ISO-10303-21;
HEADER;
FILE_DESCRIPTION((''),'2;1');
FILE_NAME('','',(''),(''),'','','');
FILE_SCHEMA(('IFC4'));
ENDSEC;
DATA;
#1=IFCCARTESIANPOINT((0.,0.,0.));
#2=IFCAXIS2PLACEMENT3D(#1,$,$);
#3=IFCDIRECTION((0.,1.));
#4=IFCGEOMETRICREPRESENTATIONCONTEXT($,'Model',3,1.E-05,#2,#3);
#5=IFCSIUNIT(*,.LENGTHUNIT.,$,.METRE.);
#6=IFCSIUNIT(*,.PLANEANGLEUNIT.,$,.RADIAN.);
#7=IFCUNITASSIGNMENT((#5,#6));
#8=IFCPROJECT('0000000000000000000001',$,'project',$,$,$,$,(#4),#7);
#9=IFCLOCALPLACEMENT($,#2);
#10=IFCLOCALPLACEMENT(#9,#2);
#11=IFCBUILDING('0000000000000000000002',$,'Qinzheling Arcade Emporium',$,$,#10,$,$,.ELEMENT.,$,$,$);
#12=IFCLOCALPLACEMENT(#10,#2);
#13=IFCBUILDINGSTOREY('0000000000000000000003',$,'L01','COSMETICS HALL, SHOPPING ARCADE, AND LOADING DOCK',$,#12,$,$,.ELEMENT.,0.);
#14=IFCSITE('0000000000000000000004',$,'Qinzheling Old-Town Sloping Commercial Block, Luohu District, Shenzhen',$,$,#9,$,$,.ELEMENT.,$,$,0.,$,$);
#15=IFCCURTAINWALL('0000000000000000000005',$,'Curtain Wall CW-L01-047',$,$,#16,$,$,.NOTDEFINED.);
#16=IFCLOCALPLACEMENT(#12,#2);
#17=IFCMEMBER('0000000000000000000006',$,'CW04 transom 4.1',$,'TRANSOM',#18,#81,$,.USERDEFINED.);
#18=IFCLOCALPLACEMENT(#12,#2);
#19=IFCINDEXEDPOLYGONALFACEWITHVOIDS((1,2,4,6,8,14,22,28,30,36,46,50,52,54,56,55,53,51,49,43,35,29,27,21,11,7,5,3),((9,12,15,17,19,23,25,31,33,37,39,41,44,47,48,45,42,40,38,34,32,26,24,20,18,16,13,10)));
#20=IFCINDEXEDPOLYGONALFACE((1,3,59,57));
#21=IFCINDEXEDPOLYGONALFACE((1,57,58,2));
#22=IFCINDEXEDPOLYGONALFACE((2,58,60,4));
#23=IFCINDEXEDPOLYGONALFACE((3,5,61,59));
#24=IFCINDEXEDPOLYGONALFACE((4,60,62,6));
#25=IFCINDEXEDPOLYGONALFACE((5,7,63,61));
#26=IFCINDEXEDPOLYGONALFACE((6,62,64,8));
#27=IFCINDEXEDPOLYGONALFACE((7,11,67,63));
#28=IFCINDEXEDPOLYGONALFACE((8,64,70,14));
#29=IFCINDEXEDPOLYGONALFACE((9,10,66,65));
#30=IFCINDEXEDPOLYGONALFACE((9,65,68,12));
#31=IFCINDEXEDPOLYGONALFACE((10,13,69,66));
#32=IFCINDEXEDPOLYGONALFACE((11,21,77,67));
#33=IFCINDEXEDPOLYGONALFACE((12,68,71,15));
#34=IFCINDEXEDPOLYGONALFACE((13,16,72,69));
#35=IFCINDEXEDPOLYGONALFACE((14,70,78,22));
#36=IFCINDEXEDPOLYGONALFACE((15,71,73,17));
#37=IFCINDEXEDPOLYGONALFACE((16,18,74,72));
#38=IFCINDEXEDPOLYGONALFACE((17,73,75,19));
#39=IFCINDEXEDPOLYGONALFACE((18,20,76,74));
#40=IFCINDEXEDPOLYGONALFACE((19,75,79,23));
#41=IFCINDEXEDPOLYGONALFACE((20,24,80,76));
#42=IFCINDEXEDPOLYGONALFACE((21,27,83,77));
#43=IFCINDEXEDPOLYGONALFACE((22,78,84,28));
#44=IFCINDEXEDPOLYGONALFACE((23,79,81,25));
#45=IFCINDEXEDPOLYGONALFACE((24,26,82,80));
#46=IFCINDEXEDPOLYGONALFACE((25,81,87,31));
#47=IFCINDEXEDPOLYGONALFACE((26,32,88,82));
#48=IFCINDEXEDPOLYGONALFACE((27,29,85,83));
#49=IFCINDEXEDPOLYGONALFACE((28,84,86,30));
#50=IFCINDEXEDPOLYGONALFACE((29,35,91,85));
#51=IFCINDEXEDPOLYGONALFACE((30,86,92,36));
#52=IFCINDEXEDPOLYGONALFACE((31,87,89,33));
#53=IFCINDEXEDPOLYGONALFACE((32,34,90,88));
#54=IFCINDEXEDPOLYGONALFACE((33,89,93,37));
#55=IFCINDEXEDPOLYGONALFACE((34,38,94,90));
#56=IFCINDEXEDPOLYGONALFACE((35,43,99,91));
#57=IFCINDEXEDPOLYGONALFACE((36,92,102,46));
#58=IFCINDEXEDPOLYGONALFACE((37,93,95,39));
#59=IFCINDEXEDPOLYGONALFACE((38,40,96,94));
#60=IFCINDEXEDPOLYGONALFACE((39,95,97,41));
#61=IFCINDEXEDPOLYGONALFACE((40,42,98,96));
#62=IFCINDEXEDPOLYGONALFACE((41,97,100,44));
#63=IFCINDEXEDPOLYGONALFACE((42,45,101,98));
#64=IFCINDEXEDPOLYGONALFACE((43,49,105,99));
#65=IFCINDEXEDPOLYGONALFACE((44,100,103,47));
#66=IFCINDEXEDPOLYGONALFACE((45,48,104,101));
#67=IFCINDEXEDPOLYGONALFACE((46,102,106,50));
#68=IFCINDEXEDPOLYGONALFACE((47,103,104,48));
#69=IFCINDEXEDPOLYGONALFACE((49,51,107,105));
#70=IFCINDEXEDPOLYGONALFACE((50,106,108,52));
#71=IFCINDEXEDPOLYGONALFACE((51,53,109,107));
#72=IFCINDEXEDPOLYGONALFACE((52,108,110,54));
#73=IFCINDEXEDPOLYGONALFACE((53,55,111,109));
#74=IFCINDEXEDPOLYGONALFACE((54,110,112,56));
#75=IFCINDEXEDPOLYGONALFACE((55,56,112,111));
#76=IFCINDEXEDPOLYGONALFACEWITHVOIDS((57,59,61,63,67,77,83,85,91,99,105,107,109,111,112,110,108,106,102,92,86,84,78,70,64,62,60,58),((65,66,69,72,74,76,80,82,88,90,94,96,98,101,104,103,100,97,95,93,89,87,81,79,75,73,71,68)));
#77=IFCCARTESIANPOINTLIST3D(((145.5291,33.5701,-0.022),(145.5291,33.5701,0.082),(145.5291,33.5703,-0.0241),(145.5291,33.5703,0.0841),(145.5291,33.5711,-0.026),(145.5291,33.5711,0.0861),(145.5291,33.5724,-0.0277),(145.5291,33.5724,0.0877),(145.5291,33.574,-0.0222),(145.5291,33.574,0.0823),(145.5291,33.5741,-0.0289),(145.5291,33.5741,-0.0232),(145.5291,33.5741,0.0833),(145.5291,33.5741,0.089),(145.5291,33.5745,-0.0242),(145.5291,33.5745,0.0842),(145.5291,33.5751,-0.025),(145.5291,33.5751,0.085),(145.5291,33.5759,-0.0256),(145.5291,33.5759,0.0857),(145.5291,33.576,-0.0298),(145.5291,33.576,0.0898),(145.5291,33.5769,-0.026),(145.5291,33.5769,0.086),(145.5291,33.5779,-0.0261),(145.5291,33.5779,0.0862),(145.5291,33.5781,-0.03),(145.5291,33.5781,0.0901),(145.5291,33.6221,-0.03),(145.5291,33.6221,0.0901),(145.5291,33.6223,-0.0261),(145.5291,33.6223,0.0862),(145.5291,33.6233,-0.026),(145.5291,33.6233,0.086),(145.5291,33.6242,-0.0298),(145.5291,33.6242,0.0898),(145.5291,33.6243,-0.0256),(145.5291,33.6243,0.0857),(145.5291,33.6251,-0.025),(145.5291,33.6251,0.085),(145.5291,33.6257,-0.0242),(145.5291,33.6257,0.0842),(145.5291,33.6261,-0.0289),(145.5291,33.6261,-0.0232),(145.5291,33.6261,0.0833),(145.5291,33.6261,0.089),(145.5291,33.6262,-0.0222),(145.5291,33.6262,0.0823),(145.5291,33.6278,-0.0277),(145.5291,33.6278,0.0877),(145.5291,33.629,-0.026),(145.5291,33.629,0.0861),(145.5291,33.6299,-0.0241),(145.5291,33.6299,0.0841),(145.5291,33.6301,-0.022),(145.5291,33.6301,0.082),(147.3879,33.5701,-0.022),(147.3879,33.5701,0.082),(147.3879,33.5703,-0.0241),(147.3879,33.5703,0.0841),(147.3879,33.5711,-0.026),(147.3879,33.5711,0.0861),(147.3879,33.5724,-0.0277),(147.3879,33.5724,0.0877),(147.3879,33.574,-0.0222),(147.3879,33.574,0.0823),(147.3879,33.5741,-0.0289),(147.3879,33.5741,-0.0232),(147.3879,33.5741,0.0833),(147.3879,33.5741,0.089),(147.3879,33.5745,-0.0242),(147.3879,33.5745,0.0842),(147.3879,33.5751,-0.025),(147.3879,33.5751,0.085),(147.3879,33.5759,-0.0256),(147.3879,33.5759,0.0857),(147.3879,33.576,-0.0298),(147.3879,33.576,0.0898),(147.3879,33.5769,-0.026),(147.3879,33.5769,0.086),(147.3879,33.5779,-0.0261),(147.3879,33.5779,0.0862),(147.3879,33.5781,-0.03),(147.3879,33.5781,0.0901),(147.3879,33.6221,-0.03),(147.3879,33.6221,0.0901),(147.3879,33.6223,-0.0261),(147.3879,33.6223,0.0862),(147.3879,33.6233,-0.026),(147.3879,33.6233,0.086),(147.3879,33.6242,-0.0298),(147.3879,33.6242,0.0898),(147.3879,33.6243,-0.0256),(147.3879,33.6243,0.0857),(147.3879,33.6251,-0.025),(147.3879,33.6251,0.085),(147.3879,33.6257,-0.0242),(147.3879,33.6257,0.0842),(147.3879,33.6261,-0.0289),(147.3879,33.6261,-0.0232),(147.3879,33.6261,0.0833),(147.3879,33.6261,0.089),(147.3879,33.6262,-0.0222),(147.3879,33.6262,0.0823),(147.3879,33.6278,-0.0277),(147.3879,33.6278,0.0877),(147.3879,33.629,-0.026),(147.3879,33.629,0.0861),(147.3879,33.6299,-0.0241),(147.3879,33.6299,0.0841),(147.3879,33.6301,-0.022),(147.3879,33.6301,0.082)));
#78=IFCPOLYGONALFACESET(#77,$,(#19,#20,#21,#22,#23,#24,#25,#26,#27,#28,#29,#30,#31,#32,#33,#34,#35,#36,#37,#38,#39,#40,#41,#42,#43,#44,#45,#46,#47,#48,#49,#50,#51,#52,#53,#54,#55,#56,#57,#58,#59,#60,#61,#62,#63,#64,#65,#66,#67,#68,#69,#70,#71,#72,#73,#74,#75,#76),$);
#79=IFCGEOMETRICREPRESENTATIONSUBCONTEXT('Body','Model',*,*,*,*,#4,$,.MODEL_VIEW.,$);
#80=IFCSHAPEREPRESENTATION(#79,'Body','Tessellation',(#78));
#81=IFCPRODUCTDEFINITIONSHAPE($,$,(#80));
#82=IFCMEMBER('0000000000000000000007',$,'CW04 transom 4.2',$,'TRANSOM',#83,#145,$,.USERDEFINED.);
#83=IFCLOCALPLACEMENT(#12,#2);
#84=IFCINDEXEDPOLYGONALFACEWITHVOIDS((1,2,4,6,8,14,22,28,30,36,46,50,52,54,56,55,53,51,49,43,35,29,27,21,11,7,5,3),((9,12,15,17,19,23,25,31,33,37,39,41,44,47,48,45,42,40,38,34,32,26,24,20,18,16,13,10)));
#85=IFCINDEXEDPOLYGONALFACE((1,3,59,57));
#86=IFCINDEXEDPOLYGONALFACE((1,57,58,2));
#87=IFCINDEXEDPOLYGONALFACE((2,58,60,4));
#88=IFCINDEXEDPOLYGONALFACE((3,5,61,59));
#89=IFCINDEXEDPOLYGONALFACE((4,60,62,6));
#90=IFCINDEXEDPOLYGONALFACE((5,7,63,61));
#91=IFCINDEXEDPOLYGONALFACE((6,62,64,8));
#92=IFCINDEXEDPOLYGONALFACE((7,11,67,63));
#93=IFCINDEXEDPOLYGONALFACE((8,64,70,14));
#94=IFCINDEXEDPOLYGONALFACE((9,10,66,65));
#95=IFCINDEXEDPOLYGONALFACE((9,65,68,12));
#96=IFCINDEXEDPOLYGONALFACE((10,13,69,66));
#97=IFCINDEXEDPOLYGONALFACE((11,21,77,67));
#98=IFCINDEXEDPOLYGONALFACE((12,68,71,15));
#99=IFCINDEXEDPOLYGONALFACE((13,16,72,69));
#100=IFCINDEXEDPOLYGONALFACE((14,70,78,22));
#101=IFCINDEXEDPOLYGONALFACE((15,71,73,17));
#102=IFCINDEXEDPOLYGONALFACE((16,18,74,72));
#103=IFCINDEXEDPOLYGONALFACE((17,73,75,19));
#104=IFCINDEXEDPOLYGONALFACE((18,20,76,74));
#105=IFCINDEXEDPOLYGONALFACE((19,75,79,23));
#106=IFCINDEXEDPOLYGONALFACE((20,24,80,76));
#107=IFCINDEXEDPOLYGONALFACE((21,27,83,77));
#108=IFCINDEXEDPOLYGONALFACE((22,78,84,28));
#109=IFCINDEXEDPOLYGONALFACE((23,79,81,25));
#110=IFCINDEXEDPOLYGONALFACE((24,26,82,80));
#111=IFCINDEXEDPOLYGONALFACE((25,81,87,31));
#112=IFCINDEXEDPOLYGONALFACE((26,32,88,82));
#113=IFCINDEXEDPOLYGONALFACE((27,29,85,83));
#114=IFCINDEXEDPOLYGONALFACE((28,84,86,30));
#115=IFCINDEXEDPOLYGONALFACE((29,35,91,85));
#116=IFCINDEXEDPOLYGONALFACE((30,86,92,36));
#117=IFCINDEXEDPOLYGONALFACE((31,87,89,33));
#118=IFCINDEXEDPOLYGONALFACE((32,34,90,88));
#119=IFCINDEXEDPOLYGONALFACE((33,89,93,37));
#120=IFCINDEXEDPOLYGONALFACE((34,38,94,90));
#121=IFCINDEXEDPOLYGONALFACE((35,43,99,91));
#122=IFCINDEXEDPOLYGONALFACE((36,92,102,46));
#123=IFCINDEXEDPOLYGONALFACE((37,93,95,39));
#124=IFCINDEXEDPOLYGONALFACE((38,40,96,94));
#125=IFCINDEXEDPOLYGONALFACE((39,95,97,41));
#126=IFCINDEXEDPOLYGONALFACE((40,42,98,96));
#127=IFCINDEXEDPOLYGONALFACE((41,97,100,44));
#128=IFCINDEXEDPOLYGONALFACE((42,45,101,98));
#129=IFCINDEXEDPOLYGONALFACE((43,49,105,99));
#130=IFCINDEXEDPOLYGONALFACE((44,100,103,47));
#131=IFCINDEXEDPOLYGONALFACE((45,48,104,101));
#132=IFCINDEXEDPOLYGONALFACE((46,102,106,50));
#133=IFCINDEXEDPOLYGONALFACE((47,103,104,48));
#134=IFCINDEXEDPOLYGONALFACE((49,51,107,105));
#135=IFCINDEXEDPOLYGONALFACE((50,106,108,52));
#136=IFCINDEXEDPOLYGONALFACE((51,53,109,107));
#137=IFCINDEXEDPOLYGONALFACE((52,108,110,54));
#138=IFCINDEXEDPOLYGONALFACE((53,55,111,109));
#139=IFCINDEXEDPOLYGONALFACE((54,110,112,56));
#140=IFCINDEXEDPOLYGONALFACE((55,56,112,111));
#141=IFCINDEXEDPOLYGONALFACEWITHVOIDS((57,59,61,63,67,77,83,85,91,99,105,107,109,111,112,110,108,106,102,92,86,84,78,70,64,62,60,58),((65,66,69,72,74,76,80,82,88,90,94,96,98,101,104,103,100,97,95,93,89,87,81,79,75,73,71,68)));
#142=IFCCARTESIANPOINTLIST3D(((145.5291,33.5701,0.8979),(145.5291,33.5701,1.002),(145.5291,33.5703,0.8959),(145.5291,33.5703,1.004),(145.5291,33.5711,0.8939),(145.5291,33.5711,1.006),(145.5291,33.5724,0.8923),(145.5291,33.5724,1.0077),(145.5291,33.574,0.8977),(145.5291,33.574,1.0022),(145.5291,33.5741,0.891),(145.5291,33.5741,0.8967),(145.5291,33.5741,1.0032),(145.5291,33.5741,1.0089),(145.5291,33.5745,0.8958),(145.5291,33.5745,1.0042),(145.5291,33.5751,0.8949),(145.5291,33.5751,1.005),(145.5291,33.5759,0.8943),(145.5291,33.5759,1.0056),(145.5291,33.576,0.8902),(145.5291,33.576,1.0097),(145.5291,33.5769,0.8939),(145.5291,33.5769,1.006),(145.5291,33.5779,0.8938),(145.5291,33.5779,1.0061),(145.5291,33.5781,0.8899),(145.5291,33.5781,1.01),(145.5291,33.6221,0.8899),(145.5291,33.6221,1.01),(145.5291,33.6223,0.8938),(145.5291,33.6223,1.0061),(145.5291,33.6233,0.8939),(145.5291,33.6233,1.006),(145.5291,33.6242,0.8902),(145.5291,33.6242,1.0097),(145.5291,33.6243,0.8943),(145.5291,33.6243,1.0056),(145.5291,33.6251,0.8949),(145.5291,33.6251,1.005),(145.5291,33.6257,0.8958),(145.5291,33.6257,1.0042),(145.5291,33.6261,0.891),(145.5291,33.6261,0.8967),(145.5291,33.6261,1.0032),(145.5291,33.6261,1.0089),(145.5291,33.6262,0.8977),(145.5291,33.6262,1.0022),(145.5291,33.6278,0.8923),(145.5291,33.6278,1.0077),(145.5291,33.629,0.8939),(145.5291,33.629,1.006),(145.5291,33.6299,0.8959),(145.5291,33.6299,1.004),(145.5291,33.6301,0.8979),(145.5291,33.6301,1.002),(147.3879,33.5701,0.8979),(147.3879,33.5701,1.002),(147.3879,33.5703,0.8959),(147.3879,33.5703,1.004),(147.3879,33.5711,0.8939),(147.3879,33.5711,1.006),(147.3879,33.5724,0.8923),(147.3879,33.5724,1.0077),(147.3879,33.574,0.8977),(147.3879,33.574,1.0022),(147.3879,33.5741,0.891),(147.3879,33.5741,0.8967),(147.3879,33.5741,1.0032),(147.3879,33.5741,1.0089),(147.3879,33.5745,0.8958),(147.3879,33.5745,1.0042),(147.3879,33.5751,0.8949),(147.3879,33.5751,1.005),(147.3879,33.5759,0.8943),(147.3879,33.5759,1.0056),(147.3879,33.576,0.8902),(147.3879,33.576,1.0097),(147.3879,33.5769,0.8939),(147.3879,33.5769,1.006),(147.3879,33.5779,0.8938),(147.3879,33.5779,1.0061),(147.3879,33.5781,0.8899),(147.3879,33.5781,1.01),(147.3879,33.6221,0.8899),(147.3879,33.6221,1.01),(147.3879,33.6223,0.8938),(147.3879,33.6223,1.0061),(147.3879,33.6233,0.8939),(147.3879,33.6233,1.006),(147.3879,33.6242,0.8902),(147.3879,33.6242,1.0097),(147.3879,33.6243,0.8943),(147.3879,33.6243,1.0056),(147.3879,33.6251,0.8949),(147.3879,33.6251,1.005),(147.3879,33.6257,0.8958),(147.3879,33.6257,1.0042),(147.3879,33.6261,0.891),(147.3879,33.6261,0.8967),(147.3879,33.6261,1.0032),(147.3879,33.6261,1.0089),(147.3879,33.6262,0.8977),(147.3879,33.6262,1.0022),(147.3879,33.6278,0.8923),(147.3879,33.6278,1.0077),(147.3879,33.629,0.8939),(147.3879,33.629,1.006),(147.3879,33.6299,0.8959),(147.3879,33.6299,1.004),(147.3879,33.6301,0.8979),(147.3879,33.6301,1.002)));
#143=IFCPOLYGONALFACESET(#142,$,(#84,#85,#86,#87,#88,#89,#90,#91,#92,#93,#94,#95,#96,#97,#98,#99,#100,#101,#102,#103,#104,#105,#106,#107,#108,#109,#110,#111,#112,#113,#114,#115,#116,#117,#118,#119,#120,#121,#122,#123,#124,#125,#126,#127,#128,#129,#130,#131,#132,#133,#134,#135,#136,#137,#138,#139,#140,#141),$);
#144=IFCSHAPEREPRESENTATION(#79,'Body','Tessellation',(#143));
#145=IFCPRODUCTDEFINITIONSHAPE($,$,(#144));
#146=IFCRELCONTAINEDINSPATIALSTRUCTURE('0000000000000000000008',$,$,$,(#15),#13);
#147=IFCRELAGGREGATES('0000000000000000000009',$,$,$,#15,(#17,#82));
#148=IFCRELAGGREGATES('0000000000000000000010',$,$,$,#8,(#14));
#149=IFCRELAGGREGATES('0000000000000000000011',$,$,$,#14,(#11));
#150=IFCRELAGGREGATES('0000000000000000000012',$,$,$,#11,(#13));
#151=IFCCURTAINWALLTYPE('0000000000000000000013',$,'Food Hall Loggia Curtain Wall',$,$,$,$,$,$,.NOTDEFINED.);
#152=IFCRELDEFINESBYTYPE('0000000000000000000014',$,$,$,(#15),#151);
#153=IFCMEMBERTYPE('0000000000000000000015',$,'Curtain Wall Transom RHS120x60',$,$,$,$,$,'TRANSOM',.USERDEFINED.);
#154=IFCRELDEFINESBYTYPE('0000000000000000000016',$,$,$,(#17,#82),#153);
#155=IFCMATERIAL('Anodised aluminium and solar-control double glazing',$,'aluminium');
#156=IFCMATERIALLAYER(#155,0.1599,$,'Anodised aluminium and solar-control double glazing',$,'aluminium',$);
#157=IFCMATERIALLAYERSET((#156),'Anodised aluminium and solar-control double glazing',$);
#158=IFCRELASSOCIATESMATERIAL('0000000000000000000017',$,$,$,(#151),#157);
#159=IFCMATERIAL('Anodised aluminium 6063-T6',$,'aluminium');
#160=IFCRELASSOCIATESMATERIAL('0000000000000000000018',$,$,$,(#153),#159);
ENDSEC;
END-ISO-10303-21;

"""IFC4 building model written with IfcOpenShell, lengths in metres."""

from ifc_helpers import new_model, si_unit, direction, frame, origin, origin_2d, place, context, subcontext, project, spatial, hollow_rectangle, extrude, material, layer, layer_set, material_profile, profile_set, type_object, element, aggregate, save


model = new_model("IFC4")

# Units and contexts
model_context = context("Model", 3, precision=1e-05, world=origin(), true_north=direction((0.0, 1.0)))
body_context = subcontext(model_context, "Body", "Model", "MODEL_VIEW")
ifc_project = project(units=[si_unit("LENGTHUNIT", "METRE"), si_unit("PLANEANGLEUNIT", "RADIAN")], contexts=[model_context])

# Site, building, storey
site_placement = place(None, origin())
site = spatial("IfcSite", under=ifc_project, at=site_placement, Name="Qinzheling Old-Town Sloping Commercial Block, Luohu District, Shenzhen", CompositionType="ELEMENT", RefElevation=0.0)
building_placement = place(site_placement, origin())
building = spatial("IfcBuilding", under=site, at=building_placement, Name="Qinzheling Arcade Emporium", CompositionType="ELEMENT")
storey_placement = place(building_placement, origin())
storey = spatial("IfcBuildingStorey", under=building, at=storey_placement, Name="L01", Description="COSMETICS HALL, SHOPPING ARCADE, AND LOADING DOCK", CompositionType="ELEMENT", Elevation=0.0)

# Curtain wall, members
ifc_material_1 = material(Name="Anodised aluminium and solar-control double glazing", Category="aluminium")
ifc_layer_1 = layer(ifc_material_1, 0.1599, Name="Anodised aluminium and solar-control double glazing", Category="aluminium")
ifc_layer_set_1 = layer_set([ifc_layer_1], Name="Anodised aluminium and solar-control double glazing")
curtain_wall_type = type_object("IfcCurtainWallType", Name="Food Hall Loggia Curtain Wall", PredefinedType="NOTDEFINED", material=ifc_layer_set_1)
curtain_wall_placement = place(storey_placement, origin())
curtain_wall = element("IfcCurtainWall", 1, at=curtain_wall_placement, inside=storey, type_object=curtain_wall_type, Name="Curtain Wall CW-L01-047", PredefinedType="NOTDEFINED")
ifc_material_2 = material(Name="Anodised aluminium 6063-T6", Category="aluminium")
ifc_material_profile_1 = material_profile(ifc_material_2, hollow_rectangle(XDim=0.0601, YDim=0.1201, WallThickness=0.0039, InnerFilletRadius=0.0039, OuterFilletRadius=0.0081, at=origin_2d()), Name="RHS 120x60x4", Category="aluminium")
ifc_profile_set_1 = profile_set([ifc_material_profile_1], Name="Anodised aluminium 6063-T6")
member_type_1 = type_object("IfcMemberType", Name="Curtain Wall Transom RHS120x60", ElementType="TRANSOM", PredefinedType="USERDEFINED", material=ifc_profile_set_1)
member_1_placement = place(storey_placement, frame((145.5291, 33.6001, 0.03), z_axis=(1.0, 0.0, 0.0), x_axis=(0.0, 1.0, 0.0)))
member_1 = element("IfcMember", 2, at=member_1_placement, type_object=member_type_1, Name="CW04 transom 4.1", ObjectType="TRANSOM", PredefinedType="USERDEFINED", context=body_context, shape_type="SweptSolid", body=[
    extrude(hollow_rectangle(XDim=0.0601, YDim=0.1201, WallThickness=0.0039, InnerFilletRadius=0.0039, OuterFilletRadius=0.0081, at=origin_2d()), origin(), (0.0, 0.0, 1.0), 1.8589),
])
member_2_placement = place(storey_placement, frame((145.5291, 33.6001, 0.95), z_axis=(1.0, 0.0, 0.0), x_axis=(0.0, 1.0, 0.0)))
member_2 = element("IfcMember", 3, at=member_2_placement, type_object=member_type_1, Name="CW04 transom 4.2", ObjectType="TRANSOM", PredefinedType="USERDEFINED", context=body_context, shape_type="SweptSolid", body=[
    extrude(hollow_rectangle(XDim=0.0601, YDim=0.1201, WallThickness=0.0039, InnerFilletRadius=0.0039, OuterFilletRadius=0.0081, at=origin_2d()), origin(), (0.0, 0.0, 1.0), 1.8589),
])

aggregate(curtain_wall, [member_1, member_2])

save(model, "model.ifc")
